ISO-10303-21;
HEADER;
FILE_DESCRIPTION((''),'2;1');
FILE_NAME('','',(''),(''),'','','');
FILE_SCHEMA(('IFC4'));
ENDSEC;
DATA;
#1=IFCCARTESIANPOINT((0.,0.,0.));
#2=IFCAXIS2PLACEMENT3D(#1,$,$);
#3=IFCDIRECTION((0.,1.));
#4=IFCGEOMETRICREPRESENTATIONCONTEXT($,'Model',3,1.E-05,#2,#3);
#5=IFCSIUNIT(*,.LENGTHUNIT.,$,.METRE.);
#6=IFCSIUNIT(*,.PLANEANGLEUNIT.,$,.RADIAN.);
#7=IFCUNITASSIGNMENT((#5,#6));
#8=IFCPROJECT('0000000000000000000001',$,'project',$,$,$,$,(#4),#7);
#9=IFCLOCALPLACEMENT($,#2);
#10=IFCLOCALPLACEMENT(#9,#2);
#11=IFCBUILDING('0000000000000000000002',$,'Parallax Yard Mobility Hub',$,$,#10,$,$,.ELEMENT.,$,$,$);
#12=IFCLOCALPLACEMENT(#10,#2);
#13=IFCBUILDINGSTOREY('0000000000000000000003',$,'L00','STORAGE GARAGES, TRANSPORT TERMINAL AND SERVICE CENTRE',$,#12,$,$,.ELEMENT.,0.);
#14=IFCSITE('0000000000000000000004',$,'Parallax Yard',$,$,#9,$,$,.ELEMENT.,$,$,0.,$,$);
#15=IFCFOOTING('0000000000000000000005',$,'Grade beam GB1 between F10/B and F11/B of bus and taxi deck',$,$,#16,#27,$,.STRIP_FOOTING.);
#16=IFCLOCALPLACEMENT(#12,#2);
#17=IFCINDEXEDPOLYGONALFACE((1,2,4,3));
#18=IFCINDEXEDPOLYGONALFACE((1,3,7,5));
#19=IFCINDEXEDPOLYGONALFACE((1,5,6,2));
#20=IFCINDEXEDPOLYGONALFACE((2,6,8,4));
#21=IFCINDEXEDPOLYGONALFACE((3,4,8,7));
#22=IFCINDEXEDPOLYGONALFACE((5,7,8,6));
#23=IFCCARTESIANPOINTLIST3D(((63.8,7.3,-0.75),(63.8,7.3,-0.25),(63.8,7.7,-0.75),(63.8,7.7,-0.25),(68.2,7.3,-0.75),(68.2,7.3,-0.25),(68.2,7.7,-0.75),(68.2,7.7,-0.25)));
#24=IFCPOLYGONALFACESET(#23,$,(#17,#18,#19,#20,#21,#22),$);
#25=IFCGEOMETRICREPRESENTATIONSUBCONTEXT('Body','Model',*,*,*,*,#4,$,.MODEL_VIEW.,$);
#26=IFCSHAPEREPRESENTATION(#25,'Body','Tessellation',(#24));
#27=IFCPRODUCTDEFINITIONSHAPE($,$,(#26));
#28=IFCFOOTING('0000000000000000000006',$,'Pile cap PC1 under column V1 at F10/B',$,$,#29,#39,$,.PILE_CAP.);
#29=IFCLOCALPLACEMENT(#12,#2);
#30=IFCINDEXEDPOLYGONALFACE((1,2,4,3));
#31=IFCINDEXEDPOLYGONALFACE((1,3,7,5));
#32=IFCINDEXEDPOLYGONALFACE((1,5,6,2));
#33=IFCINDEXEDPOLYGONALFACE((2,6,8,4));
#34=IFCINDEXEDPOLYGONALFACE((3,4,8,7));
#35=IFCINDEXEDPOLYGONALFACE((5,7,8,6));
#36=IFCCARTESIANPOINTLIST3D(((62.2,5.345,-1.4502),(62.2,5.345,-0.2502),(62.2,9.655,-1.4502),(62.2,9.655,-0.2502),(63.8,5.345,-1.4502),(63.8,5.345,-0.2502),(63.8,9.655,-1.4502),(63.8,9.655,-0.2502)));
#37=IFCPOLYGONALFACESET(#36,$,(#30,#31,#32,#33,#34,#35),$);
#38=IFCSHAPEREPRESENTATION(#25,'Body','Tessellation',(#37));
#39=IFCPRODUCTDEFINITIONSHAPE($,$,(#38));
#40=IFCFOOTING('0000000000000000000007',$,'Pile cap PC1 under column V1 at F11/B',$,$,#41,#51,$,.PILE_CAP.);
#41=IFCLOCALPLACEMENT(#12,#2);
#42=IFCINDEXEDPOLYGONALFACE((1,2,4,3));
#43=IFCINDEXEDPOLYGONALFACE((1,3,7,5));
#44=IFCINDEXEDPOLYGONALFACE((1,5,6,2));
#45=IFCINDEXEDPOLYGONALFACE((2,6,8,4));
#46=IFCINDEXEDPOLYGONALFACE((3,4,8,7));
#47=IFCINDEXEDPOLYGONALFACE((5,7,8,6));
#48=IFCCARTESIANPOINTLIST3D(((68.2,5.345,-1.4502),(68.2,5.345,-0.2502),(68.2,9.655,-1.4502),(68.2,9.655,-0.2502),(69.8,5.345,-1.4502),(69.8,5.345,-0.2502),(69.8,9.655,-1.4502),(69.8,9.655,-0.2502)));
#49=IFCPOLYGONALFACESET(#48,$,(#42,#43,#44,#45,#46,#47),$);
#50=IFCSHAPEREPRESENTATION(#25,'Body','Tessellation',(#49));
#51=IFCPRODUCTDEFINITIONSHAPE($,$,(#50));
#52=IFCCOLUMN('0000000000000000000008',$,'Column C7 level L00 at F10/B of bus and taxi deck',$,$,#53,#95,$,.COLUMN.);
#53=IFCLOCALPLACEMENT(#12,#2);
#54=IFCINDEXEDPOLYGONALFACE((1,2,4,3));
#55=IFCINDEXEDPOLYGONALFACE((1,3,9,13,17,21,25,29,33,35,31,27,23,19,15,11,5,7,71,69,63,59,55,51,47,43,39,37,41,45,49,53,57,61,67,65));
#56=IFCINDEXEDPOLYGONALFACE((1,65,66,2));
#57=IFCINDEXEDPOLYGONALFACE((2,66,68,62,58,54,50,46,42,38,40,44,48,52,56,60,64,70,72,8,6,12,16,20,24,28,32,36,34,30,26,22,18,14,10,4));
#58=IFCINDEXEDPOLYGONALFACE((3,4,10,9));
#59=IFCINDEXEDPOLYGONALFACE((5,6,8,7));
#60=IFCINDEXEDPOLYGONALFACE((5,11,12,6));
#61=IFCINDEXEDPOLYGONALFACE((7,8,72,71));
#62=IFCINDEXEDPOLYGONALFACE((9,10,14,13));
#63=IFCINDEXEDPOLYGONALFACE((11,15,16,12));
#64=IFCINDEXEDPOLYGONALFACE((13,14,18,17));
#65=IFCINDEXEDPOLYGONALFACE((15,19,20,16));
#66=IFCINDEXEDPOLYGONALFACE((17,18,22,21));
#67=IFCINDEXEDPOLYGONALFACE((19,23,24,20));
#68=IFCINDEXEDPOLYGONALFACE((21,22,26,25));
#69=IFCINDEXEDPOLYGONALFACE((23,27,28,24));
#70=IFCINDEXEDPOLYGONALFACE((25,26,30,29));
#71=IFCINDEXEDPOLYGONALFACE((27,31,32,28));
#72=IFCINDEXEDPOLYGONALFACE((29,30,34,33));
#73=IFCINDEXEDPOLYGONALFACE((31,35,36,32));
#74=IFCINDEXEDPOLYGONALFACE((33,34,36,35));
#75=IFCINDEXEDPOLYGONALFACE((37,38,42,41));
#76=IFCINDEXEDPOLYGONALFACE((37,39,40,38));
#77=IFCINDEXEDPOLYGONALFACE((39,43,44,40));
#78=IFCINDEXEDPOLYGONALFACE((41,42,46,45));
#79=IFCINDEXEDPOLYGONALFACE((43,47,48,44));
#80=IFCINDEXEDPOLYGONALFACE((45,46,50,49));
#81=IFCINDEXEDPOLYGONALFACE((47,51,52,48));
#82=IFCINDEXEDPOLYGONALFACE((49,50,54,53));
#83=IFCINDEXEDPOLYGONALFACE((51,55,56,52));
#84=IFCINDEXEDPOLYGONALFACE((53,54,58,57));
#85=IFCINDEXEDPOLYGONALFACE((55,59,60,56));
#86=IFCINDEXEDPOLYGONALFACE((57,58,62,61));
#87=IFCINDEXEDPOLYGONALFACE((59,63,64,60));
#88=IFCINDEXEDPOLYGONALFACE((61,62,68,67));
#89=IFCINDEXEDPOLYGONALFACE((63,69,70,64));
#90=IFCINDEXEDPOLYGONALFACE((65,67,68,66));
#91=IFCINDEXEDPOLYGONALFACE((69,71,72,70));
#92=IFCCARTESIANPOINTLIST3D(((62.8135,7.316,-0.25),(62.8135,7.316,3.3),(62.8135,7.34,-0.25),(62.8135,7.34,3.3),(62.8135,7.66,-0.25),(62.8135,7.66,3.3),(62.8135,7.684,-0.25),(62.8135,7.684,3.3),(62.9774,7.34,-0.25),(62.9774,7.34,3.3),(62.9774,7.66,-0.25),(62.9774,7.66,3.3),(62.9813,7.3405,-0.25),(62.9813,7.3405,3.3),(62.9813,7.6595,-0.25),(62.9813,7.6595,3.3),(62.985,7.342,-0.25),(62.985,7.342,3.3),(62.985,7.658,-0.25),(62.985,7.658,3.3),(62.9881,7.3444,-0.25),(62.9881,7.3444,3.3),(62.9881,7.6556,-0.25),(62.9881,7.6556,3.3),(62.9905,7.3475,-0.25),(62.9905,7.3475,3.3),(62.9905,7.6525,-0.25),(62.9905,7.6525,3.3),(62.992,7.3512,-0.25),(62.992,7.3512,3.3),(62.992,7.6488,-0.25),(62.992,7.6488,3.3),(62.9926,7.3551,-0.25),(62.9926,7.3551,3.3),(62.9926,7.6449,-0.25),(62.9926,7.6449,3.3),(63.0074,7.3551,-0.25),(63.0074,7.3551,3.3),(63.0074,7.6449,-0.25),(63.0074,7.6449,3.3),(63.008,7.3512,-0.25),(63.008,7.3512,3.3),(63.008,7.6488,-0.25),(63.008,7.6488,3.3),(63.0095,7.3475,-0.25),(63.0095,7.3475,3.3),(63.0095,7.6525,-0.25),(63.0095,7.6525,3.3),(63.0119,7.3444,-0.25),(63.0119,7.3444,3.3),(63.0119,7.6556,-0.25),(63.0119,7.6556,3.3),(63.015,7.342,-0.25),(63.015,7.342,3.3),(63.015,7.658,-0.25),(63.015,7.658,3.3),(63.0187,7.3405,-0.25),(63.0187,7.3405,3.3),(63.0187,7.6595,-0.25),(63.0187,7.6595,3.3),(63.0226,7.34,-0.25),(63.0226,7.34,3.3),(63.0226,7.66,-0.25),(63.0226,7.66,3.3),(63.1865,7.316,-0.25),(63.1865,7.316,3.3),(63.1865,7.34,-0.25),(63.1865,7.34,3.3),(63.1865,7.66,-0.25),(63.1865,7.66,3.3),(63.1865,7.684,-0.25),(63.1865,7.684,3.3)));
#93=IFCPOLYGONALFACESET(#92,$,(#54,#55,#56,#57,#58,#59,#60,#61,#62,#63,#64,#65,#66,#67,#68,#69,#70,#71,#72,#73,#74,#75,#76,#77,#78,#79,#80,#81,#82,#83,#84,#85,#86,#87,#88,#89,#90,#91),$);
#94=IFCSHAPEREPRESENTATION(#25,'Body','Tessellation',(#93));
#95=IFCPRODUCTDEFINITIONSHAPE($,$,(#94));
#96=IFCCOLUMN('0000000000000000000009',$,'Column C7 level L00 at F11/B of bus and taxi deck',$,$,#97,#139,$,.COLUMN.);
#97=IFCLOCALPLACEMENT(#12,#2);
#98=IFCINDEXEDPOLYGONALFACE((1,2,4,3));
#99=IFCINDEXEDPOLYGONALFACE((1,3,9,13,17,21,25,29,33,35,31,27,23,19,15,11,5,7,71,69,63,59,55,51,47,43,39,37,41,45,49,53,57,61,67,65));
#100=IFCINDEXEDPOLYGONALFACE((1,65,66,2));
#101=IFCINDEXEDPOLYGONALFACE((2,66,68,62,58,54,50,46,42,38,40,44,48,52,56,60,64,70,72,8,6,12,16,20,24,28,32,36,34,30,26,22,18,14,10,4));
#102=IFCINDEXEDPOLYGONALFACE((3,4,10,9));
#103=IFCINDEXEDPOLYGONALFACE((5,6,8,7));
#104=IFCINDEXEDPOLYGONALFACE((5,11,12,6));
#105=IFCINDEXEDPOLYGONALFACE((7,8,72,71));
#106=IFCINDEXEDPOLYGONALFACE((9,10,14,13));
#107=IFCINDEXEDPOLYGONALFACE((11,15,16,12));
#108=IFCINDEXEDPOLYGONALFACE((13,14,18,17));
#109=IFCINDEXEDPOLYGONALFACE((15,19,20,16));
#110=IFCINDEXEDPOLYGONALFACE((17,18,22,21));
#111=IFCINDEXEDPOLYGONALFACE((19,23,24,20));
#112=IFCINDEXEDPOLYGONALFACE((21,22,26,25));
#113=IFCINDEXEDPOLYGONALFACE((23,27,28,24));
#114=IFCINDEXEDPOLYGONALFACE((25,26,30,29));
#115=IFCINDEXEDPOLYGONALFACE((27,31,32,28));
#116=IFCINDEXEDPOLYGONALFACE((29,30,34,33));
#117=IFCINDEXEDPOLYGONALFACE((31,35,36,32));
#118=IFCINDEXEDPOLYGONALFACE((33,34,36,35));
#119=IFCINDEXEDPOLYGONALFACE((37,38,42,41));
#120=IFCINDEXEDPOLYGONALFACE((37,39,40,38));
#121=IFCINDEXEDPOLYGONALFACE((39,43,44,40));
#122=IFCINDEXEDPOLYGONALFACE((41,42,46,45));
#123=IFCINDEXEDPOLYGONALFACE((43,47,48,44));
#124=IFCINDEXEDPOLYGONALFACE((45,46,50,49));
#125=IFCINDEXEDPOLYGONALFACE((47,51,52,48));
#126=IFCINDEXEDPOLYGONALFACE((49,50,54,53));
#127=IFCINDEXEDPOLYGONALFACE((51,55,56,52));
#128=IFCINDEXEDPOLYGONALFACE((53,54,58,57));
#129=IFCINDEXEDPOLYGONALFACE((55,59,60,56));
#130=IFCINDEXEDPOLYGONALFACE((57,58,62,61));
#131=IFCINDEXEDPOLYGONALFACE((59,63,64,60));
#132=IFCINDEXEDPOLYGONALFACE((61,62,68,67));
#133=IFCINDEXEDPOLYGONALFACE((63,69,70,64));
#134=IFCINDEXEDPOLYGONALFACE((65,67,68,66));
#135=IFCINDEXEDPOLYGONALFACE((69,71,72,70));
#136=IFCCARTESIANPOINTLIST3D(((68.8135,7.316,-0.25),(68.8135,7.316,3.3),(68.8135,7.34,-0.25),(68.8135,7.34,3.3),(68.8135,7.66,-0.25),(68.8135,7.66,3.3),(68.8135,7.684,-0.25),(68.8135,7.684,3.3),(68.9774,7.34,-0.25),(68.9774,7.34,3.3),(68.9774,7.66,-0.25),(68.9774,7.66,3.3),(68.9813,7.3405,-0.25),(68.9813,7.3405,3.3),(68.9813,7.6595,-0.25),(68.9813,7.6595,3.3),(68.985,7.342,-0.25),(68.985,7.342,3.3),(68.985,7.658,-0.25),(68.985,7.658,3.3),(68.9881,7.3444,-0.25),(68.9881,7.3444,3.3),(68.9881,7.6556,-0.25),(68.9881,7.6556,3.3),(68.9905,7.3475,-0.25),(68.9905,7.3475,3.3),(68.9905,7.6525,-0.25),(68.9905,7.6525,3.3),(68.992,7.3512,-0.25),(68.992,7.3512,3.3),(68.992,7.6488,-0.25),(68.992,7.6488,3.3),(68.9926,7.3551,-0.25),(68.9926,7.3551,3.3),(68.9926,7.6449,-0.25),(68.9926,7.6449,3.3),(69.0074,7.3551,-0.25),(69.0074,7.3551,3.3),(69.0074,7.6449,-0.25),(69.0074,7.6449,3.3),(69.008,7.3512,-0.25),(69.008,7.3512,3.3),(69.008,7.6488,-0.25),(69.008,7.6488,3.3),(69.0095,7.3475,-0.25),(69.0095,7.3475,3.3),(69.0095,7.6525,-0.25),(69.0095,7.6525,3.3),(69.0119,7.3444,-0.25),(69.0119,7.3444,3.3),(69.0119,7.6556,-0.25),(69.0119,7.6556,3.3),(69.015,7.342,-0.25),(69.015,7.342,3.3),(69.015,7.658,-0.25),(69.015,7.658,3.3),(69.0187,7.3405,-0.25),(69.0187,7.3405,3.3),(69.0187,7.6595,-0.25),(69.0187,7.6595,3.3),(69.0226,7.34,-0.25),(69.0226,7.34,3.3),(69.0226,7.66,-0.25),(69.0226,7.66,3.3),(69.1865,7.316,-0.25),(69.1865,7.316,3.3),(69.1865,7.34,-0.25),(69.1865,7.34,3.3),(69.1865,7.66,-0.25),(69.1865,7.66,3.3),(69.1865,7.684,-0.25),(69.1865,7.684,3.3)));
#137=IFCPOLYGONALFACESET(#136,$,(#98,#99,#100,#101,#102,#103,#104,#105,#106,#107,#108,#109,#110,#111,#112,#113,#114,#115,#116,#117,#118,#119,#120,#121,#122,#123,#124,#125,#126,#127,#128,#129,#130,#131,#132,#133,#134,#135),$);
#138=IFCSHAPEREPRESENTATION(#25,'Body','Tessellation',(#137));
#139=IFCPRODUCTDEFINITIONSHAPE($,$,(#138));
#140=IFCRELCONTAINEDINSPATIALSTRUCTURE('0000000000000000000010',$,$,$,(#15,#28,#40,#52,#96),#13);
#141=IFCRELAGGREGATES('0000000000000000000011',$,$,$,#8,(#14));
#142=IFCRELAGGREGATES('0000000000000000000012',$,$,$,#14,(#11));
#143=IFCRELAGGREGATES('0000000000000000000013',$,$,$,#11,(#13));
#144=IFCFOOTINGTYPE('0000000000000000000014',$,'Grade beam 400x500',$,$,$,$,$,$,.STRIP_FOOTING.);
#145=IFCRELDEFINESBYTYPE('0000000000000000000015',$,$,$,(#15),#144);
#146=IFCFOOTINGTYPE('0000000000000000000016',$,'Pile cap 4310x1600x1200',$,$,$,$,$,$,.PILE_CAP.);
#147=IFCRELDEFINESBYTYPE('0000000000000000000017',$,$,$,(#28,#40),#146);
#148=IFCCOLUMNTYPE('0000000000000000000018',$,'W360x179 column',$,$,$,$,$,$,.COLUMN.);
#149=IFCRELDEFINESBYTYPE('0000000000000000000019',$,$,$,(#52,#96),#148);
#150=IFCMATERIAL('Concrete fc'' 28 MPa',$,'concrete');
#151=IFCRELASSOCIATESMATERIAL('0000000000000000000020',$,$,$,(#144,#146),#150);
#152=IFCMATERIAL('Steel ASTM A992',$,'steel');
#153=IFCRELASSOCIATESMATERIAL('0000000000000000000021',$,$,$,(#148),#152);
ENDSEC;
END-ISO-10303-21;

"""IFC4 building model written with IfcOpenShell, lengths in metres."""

from ifc_helpers import new_model, si_unit, direction, frame, origin, origin_2d, place, context, subcontext, project, spatial, rectangle, i_section, extrude, material, material_profile, profile_set, type_object, element, save


model = new_model("IFC4")

# Units and contexts
model_context = context("Model", 3, precision=1e-05, world=origin(), true_north=direction((0.0, 1.0)))
body_context = subcontext(model_context, "Body", "Model", "MODEL_VIEW")
ifc_project = project(units=[si_unit("LENGTHUNIT", "METRE"), si_unit("PLANEANGLEUNIT", "RADIAN")], contexts=[model_context])

# Site, building, storey
site_placement = place(None, origin())
site = spatial("IfcSite", under=ifc_project, at=site_placement, Name="Parallax Yard", CompositionType="ELEMENT", RefElevation=0.0)
building_placement = place(site_placement, origin())
building = spatial("IfcBuilding", under=site, at=building_placement, Name="Parallax Yard Mobility Hub", CompositionType="ELEMENT")
storey_placement = place(building_placement, origin())
storey = spatial("IfcBuildingStorey", under=building, at=storey_placement, Name="L00", Description="STORAGE GARAGES, TRANSPORT TERMINAL AND SERVICE CENTRE", CompositionType="ELEMENT", Elevation=0.0)

# Footings
ifc_material_1 = material(Name="Concrete fc' 28 MPa", Category="concrete")
ifc_material_profile_1 = material_profile(ifc_material_1, rectangle(XDim=0.3999, YDim=0.5, at=origin_2d()), Name="Grade beam 400x500")
ifc_profile_set_1 = profile_set([ifc_material_profile_1], Name="Concrete fc' 28 MPa")
footing_type_1 = type_object("IfcFootingType", Name="Grade beam 400x500", PredefinedType="STRIP_FOOTING", material=ifc_profile_set_1)
footing_placement = place(storey_placement, frame((63.8, 7.5, -0.5), z_axis=(1.0, 0.0, 0.0), x_axis=(0.0, 1.0, 0.0)))
element("IfcFooting", 1, at=footing_placement, inside=storey, type_object=footing_type_1, Name="Grade beam GB1 between F10/B and F11/B of bus and taxi deck", PredefinedType="STRIP_FOOTING", context=body_context, shape_type="SweptSolid", body=[
    extrude(rectangle(XDim=0.3999, YDim=0.5, at=origin_2d()), origin(), (0.0, 0.0, 1.0), 4.3999),
])
footing_type_2 = type_object("IfcFootingType", Name="Pile cap 4310x1600x1200", PredefinedType="PILE_CAP", material=ifc_material_1)
for number, where, z_axis, x_axis, name in (
    (2, (63.0, 7.5, -1.4502), (0.0, 0.0, 1.0), (0.0, 1.0, 0.0), "Pile cap PC1 under column V1 at F10/B"),
    (3, (69.0, 7.5, -1.4502), (0.0, 0.0, 1.0), (0.0, 1.0, 0.0), "Pile cap PC1 under column V1 at F11/B"),
):
    element("IfcFooting", number, at=place(storey_placement, frame(where, z_axis=z_axis, x_axis=x_axis)), inside=storey, type_object=footing_type_2, Name=name, PredefinedType="PILE_CAP", context=body_context, shape_type="SweptSolid", body=[
        extrude(rectangle(XDim=4.3101, YDim=1.6001, at=origin_2d()), origin(), (0.0, 0.0, 1.0), 1.2),
    ])

# Columns
ifc_material_2 = material(Name="Steel ASTM A992", Category="steel")
ifc_material_profile_2 = material_profile(ifc_material_2, i_section(OverallWidth=0.373, OverallDepth=0.3679, WebThickness=0.0149, FlangeThickness=0.0239, FilletRadius=0.0151, at=origin_2d()), Name="W360x179")
ifc_profile_set_2 = profile_set([ifc_material_profile_2], Name="Steel ASTM A992")
column_type = type_object("IfcColumnType", Name="W360x179 column", PredefinedType="COLUMN", material=ifc_profile_set_2)
for number, where, z_axis, x_axis, name in (
    (4, (63.0, 7.5, -0.25), (0.0, 0.0, 1.0), (1.0, 0.0, 0.0), "Column C7 level L00 at F10/B of bus and taxi deck"),
    (5, (69.0, 7.5, -0.25), (0.0, 0.0, 1.0), (1.0, 0.0, 0.0), "Column C7 level L00 at F11/B of bus and taxi deck"),
):
    element("IfcColumn", number, at=place(storey_placement, frame(where, z_axis=z_axis, x_axis=x_axis)), inside=storey, type_object=column_type, Name=name, PredefinedType="COLUMN", context=body_context, shape_type="SweptSolid", body=[
        extrude(i_section(OverallWidth=0.373, OverallDepth=0.3679, WebThickness=0.0149, FlangeThickness=0.0239, FilletRadius=0.0151, at=origin_2d()), origin(), (0.0, 0.0, 1.0), 3.55),
    ])

save(model, "model.ifc")
